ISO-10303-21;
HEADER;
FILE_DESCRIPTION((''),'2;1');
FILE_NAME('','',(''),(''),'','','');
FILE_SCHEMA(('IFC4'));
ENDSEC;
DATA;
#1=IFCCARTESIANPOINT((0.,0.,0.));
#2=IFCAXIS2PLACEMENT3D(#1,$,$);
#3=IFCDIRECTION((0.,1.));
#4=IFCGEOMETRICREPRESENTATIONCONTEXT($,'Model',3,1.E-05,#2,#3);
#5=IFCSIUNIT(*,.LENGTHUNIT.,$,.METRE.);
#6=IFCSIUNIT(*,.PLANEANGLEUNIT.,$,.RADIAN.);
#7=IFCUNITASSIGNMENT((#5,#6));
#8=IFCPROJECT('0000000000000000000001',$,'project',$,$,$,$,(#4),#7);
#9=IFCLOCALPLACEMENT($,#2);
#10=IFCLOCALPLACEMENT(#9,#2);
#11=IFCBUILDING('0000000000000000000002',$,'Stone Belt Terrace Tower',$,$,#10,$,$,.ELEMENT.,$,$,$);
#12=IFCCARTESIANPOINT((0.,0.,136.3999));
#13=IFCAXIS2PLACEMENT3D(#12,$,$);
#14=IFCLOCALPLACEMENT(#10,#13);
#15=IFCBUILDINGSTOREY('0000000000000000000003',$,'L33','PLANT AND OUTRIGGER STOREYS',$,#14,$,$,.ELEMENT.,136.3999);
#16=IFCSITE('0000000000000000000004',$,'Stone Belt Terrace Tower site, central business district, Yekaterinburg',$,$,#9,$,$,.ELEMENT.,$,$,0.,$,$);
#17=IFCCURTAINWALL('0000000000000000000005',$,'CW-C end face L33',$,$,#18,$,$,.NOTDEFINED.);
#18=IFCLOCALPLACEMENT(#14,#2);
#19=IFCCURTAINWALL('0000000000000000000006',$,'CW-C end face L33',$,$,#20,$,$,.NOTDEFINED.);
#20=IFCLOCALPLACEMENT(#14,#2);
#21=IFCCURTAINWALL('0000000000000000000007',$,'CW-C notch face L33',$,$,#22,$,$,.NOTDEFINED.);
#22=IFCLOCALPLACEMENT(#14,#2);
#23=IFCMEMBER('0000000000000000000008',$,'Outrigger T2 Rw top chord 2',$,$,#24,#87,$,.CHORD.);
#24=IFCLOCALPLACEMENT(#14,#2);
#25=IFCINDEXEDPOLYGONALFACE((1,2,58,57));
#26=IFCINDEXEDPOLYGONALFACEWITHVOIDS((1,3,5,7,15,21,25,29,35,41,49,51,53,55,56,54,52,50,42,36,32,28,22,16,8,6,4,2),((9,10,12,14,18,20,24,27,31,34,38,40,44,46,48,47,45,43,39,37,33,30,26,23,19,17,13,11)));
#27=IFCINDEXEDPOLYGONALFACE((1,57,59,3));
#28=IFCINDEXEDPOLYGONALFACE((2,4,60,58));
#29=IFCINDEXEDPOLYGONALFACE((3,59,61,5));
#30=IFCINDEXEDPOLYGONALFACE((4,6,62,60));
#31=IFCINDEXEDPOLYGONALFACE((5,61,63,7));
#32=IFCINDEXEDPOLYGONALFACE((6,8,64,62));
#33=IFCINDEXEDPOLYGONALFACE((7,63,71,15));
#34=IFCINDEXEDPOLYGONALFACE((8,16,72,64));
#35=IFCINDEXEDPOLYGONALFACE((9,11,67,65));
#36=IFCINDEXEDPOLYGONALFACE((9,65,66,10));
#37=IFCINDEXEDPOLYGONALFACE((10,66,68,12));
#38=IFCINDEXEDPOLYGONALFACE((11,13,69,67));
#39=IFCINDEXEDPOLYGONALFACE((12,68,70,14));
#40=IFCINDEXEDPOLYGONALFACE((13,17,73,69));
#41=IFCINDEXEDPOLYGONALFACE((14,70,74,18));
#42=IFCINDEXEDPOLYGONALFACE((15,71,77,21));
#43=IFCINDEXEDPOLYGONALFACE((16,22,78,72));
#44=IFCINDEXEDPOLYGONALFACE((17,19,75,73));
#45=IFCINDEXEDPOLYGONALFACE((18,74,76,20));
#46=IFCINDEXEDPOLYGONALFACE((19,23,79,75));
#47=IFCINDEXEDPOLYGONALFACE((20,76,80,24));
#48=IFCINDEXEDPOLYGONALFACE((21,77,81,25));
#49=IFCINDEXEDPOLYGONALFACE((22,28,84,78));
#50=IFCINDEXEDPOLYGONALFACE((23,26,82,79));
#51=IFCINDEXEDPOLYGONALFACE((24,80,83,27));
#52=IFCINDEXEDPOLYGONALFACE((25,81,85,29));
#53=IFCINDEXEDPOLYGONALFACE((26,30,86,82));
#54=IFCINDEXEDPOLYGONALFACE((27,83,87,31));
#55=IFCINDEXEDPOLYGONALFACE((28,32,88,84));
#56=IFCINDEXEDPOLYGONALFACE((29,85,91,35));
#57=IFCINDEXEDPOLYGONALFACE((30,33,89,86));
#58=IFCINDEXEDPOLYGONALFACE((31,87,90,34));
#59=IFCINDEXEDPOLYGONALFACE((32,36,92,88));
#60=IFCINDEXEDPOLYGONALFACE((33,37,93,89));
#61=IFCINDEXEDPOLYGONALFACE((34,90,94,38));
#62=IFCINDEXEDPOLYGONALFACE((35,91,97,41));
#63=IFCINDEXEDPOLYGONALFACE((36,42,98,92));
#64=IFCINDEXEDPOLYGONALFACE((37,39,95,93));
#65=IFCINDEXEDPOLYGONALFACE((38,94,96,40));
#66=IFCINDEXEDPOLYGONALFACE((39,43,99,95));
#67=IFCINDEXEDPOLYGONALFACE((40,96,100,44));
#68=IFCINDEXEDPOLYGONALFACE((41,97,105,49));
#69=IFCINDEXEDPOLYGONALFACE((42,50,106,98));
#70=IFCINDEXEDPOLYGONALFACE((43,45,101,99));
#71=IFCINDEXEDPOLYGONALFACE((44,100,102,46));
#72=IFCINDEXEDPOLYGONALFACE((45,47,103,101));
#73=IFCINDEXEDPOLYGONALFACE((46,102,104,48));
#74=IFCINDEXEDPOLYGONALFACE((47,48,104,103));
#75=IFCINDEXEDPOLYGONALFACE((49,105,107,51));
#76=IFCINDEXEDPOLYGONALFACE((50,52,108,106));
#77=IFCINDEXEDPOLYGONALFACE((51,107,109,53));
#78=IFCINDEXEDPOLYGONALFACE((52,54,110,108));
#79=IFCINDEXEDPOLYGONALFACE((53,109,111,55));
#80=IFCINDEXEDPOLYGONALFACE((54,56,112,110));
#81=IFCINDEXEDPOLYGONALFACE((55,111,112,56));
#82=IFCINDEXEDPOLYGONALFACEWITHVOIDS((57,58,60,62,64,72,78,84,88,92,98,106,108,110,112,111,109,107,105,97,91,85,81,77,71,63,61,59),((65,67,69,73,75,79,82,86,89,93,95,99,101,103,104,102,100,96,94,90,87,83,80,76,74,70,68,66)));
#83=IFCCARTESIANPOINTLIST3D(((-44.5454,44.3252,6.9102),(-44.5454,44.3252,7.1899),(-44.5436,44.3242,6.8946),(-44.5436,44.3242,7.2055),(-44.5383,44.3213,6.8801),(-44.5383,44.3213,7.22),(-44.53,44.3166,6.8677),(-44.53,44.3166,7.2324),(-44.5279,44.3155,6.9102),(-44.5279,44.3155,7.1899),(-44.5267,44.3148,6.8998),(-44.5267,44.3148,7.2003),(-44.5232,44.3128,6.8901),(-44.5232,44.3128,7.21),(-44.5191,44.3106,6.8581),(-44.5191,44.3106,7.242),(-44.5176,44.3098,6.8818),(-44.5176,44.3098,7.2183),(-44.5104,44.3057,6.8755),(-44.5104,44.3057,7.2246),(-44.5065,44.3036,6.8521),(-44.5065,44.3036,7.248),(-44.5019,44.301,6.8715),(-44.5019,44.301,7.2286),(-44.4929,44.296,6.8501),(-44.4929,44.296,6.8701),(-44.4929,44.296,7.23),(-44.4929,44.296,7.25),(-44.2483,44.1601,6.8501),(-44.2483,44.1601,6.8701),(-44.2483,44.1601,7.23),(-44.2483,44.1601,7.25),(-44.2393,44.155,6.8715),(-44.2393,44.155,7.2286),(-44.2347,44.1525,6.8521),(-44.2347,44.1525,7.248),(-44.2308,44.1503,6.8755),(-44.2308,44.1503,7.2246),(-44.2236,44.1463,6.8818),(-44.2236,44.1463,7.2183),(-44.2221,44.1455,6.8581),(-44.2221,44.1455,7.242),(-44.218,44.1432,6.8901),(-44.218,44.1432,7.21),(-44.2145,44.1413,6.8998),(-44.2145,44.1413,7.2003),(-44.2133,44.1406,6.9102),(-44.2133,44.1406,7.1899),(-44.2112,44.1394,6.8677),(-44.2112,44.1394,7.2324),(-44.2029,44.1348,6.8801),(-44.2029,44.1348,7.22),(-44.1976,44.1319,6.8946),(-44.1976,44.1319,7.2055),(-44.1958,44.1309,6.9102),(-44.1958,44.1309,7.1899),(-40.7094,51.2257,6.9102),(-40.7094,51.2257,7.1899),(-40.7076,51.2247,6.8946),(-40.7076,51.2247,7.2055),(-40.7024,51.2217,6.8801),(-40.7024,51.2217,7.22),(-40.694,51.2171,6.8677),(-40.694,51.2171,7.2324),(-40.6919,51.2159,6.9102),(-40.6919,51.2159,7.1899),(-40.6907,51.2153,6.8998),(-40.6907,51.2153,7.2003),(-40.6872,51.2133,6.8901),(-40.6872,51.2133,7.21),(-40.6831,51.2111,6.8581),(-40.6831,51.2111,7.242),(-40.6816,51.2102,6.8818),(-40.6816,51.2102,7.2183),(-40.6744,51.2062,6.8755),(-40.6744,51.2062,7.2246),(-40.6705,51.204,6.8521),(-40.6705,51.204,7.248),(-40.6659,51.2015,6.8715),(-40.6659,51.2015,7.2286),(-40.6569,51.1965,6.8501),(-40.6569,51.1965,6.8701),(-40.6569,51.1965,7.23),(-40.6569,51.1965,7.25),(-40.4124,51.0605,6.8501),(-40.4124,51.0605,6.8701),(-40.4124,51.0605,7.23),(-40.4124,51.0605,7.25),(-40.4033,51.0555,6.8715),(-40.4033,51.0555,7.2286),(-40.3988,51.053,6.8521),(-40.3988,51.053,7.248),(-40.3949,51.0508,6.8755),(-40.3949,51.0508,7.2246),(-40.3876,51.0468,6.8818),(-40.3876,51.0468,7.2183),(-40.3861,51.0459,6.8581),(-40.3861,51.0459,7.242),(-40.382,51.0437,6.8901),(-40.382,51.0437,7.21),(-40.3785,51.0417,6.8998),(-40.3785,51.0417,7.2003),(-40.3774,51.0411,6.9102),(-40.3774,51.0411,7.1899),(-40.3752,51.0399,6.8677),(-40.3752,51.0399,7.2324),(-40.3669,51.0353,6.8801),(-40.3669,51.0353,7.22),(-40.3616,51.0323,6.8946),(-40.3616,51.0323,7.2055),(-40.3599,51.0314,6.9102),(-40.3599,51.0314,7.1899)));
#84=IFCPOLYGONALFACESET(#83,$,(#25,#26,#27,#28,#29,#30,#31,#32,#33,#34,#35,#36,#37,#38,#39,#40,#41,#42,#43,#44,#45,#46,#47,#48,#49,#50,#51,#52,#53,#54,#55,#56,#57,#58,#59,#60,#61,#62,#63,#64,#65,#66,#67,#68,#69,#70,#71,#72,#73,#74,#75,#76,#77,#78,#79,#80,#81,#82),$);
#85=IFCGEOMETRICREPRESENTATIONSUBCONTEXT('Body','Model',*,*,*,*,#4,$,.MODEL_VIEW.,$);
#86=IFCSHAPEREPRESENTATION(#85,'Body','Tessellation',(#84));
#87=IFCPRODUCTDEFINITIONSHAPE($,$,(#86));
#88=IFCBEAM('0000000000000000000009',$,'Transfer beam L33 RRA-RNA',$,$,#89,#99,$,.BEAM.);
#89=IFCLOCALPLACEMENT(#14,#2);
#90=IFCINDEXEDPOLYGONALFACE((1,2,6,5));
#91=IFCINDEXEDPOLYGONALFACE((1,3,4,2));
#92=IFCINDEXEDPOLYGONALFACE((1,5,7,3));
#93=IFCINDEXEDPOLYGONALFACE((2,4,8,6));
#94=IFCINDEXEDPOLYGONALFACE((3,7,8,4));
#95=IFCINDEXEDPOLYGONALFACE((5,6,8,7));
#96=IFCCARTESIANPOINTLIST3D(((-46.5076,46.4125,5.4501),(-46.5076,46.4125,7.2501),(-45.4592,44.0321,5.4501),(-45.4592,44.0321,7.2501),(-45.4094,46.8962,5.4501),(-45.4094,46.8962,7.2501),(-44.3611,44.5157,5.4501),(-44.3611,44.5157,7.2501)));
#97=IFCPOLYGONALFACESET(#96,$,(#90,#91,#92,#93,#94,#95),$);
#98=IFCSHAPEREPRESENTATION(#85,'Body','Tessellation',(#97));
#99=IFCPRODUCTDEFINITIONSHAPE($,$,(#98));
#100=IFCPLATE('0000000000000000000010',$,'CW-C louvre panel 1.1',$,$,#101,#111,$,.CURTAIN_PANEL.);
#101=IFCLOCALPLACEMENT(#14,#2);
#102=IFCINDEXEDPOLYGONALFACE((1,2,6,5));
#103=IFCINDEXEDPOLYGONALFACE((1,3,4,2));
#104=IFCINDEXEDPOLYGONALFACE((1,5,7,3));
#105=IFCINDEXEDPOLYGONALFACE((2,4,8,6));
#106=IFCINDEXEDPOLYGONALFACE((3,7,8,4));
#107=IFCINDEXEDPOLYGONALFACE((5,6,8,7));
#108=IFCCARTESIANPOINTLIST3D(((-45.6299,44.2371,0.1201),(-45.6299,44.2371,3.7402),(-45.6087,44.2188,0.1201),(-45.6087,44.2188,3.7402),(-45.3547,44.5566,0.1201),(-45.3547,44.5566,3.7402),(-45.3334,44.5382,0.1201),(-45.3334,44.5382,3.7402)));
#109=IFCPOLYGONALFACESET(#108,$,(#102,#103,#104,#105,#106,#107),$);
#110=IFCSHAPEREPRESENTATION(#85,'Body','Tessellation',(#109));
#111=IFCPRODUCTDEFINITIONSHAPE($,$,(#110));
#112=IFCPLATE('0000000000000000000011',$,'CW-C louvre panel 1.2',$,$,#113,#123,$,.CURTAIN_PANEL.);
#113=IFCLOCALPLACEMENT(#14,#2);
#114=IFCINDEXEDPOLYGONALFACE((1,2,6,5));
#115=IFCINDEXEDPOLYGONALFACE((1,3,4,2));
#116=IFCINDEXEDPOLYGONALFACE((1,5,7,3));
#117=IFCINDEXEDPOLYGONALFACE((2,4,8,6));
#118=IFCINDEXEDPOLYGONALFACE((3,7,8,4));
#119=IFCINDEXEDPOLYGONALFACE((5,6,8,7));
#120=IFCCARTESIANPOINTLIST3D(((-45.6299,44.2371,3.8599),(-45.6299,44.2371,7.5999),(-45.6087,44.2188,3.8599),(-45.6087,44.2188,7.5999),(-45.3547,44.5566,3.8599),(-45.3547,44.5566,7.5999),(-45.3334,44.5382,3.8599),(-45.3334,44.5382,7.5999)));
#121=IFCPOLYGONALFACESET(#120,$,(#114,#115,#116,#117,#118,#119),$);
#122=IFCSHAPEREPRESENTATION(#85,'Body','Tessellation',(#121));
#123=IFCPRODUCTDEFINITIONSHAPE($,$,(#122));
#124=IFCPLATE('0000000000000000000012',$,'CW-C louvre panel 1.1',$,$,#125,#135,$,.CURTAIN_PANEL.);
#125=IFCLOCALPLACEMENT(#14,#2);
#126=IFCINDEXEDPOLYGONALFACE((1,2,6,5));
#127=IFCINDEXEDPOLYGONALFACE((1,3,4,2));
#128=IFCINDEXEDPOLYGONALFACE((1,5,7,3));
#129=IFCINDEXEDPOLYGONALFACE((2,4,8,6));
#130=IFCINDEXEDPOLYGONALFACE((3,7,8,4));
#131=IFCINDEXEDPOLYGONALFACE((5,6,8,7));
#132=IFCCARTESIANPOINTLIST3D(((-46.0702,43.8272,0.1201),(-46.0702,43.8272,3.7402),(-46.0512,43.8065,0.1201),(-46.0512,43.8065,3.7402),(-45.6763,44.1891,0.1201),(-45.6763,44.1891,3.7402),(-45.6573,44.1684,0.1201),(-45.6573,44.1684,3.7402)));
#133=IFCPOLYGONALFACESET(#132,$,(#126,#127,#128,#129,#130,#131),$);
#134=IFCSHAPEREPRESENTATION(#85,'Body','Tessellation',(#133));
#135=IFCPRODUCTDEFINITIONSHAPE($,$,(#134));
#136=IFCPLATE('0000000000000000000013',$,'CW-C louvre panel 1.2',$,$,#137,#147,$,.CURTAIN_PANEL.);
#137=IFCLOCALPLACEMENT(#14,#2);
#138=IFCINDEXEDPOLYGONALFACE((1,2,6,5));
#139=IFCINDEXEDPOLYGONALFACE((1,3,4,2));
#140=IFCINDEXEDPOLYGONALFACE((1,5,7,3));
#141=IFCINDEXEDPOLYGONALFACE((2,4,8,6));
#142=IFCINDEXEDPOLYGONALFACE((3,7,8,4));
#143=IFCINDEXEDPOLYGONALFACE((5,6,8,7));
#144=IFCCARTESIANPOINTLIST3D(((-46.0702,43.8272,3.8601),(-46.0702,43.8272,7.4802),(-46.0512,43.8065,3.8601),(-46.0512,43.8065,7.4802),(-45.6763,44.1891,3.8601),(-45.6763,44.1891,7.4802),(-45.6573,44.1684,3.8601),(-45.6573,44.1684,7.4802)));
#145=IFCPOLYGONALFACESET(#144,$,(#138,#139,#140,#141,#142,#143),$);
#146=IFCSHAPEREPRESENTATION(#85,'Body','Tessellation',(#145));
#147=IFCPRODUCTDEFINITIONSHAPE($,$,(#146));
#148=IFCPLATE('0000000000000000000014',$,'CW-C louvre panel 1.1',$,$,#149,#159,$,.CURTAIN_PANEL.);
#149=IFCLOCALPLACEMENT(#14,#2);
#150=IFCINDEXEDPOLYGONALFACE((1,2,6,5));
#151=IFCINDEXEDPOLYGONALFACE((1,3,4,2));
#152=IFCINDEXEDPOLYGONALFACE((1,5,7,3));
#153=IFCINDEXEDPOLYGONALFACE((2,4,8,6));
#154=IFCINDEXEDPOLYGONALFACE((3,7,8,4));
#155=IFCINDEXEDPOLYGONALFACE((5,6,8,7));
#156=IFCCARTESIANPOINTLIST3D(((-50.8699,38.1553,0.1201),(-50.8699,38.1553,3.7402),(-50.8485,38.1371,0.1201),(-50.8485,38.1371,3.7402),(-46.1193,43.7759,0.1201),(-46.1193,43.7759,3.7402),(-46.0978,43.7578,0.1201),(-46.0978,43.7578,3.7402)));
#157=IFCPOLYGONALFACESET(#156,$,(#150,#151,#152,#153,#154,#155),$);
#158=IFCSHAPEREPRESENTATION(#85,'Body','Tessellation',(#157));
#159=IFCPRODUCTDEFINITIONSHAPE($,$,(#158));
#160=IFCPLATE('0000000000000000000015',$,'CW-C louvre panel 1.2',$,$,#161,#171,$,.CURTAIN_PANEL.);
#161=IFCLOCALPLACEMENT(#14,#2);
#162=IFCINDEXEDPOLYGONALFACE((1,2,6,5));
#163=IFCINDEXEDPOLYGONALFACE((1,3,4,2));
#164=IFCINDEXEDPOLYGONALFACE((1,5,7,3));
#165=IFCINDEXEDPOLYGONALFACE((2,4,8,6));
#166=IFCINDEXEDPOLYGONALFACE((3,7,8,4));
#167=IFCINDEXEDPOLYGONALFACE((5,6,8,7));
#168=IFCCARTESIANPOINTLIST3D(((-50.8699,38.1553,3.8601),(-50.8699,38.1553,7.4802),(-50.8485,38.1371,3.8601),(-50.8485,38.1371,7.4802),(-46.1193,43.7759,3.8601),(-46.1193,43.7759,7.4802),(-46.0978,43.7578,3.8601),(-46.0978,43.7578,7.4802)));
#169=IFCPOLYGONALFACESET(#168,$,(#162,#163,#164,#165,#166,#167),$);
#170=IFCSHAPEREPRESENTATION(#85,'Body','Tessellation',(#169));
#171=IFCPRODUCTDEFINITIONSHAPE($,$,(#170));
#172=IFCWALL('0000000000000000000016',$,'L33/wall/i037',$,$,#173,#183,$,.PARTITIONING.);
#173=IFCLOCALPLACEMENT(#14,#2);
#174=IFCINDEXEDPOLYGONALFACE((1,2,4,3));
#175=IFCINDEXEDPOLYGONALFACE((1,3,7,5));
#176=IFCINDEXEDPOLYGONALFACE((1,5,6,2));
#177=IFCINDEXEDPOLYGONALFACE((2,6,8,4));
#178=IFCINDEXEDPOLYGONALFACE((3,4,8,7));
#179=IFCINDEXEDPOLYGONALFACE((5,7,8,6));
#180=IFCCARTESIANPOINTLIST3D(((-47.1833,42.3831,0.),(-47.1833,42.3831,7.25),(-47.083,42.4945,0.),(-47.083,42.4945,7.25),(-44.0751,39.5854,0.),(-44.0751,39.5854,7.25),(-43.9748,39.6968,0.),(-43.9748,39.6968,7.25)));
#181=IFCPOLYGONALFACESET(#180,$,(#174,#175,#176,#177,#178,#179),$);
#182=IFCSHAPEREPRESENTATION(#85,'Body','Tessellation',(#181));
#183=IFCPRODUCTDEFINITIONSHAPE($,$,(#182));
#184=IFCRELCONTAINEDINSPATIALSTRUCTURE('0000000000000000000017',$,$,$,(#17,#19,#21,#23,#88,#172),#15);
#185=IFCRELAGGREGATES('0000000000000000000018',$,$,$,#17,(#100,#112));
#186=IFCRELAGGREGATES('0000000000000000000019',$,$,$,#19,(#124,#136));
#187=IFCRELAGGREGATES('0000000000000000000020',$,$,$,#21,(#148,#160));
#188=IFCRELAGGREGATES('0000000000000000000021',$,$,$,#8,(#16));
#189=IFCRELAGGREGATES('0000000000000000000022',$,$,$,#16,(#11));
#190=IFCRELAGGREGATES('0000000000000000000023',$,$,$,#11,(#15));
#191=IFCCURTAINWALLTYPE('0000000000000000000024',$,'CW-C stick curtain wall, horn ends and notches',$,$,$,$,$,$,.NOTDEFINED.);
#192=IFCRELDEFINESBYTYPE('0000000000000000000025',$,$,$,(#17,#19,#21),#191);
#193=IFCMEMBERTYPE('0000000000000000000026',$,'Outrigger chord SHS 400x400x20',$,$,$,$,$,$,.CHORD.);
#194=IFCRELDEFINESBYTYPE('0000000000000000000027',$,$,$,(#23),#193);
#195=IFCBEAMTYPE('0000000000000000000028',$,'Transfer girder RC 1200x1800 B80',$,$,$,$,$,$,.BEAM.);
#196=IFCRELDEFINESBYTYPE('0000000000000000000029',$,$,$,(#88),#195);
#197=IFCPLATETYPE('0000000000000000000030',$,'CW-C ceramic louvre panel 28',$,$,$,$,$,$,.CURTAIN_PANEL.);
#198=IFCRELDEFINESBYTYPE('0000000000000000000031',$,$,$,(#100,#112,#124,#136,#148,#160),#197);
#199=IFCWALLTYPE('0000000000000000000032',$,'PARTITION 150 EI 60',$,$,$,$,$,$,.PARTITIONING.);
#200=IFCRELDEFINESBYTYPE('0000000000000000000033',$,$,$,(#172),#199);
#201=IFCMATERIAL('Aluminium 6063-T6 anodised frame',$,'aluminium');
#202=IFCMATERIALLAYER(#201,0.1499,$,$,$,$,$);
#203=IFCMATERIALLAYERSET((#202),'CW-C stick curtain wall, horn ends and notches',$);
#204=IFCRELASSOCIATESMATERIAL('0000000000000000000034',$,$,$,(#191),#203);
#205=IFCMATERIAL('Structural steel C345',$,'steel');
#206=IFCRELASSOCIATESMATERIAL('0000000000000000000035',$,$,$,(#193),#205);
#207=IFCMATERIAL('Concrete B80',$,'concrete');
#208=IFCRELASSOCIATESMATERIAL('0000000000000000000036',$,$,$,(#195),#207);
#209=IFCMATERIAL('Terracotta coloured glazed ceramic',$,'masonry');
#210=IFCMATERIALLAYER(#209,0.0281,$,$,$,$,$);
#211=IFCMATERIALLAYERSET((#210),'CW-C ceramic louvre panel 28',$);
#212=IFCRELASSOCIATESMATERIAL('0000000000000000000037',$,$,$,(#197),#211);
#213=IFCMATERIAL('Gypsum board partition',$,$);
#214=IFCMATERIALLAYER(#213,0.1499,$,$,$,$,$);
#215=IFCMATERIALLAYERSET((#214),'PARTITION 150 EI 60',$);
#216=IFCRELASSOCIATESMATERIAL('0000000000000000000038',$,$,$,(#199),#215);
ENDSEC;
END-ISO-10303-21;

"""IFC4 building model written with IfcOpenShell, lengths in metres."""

from ifc_helpers import new_model, si_unit, direction, frame, frame_2d, origin, origin_2d, place, context, subcontext, project, spatial, rectangle, hollow_rectangle, extrude, material, layer, layer_set, material_profile, profile_set, type_object, element, aggregate, save


model = new_model("IFC4")

# Units and contexts
model_context = context("Model", 3, precision=1e-05, world=origin(), true_north=direction((0.0, 1.0)))
body_context = subcontext(model_context, "Body", "Model", "MODEL_VIEW")
ifc_project = project(units=[si_unit("LENGTHUNIT", "METRE"), si_unit("PLANEANGLEUNIT", "RADIAN")], contexts=[model_context])

# Site, building, storey
site_placement = place(None, origin())
site = spatial("IfcSite", under=ifc_project, at=site_placement, Name="Stone Belt Terrace Tower site, central business district, Yekaterinburg", CompositionType="ELEMENT", RefElevation=0.0)
building_placement = place(site_placement, origin())
building = spatial("IfcBuilding", under=site, at=building_placement, Name="Stone Belt Terrace Tower", CompositionType="ELEMENT")
storey_placement = place(building_placement, frame((0.0, 0.0, 136.3999)))
storey = spatial("IfcBuildingStorey", under=building, at=storey_placement, Name="L33", Description="PLANT AND OUTRIGGER STOREYS", CompositionType="ELEMENT", Elevation=136.3999)

# Shared definitions
ifc_material_1 = material(Name="Concrete B80", Category="concrete")

# Curtain walls
ifc_material_2 = material(Name="Aluminium 6063-T6 anodised frame", Category="aluminium")
ifc_layer_1 = layer(ifc_material_2, 0.1499)
ifc_layer_set_1 = layer_set([ifc_layer_1], Name="CW-C stick curtain wall, horn ends and notches")
curtain_wall_type = type_object("IfcCurtainWallType", Name="CW-C stick curtain wall, horn ends and notches", PredefinedType="NOTDEFINED", material=ifc_layer_set_1)
curtain_wall_1_placement = place(storey_placement, origin())
curtain_wall_1 = element("IfcCurtainWall", 1, at=curtain_wall_1_placement, inside=storey, type_object=curtain_wall_type, Name="CW-C end face L33", PredefinedType="NOTDEFINED")
curtain_wall_2_placement = place(storey_placement, origin())
curtain_wall_2 = element("IfcCurtainWall", 2, at=curtain_wall_2_placement, inside=storey, type_object=curtain_wall_type, Name="CW-C end face L33", PredefinedType="NOTDEFINED")
curtain_wall_3_placement = place(storey_placement, origin())
curtain_wall_3 = element("IfcCurtainWall", 3, at=curtain_wall_3_placement, inside=storey, type_object=curtain_wall_type, Name="CW-C notch face L33", PredefinedType="NOTDEFINED")

# Member
ifc_material_3 = material(Name="Structural steel C345", Category="steel")
ifc_material_profile_1 = material_profile(ifc_material_3, hollow_rectangle(XDim=0.3999, YDim=0.3999, WallThickness=0.02, InnerFilletRadius=0.04, OuterFilletRadius=0.0601, at=origin_2d()), Name="SHS 400x400x20")
ifc_profile_set_1 = profile_set([ifc_material_profile_1], Name="Structural steel C345")
member_type_1 = type_object("IfcMemberType", Name="Outrigger chord SHS 400x400x20", PredefinedType="CHORD", material=ifc_profile_set_1)
member_1_placement = place(storey_placement, frame((-44.3706, 44.228, 7.05), z_axis=(0.485874, 0.874029, 0.0), x_axis=(-0.874029, 0.485874, 0.0)))
element("IfcMember", 4, at=member_1_placement, inside=storey, type_object=member_type_1, Name="Outrigger T2 Rw top chord 2", PredefinedType="CHORD", context=body_context, shape_type="SweptSolid", body=[
    extrude(hollow_rectangle(XDim=0.3999, YDim=0.3999, WallThickness=0.02, InnerFilletRadius=0.04, OuterFilletRadius=0.0601, at=origin_2d()), origin(), (0.0, 0.0, 1.0), 7.895),
])

# Beam
ifc_material_profile_2 = material_profile(ifc_material_1, rectangle(XDim=1.2, YDim=1.8, at=origin_2d()), Name="RC 1200x1800")
ifc_profile_set_2 = profile_set([ifc_material_profile_2], Name="Concrete B80")
beam_type = type_object("IfcBeamType", Name="Transfer girder RC 1200x1800 B80", PredefinedType="BEAM", material=ifc_profile_set_2)
beam_placement = place(storey_placement, frame((-44.9102, 44.2739, 6.3501), z_axis=(-0.403053, 0.915177, 0.0), x_axis=(-0.915177, -0.403053, 0.0)))
element("IfcBeam", 5, at=beam_placement, inside=storey, type_object=beam_type, Name="Transfer beam L33 RRA-RNA", PredefinedType="BEAM", context=body_context, shape_type="SweptSolid", body=[
    extrude(rectangle(XDim=1.2, YDim=1.8, at=origin_2d()), origin(), (0.0, 0.0, 1.0), 2.6011),
])

# Plates
ifc_material_4 = material(Name="Terracotta coloured glazed ceramic", Category="masonry")
ifc_layer_2 = layer(ifc_material_4, 0.0281)
ifc_layer_set_2 = layer_set([ifc_layer_2], Name="CW-C ceramic louvre panel 28")
plate_type = type_object("IfcPlateType", Name="CW-C ceramic louvre panel 28", PredefinedType="CURTAIN_PANEL", material=ifc_layer_set_2)
plate_1_placement = place(storey_placement, frame((-45.4817, 44.3877, 0.1201), z_axis=(0.0, 0.0, 1.0), x_axis=(-0.652738, -0.757584, 0.0)))
plate_1 = element("IfcPlate", 6, at=plate_1_placement, type_object=plate_type, Name="CW-C louvre panel 1.1", PredefinedType="CURTAIN_PANEL", context=body_context, shape_type="SweptSolid", body=[
    extrude(rectangle(XDim=0.4216, YDim=0.0281, at=origin_2d()), origin(), (0.0, 0.0, 1.0), 3.6201),
])
plate_2_placement = place(storey_placement, frame((-45.4817, 44.3877, 3.8599), z_axis=(0.0, 0.0, 1.0), x_axis=(-0.652738, -0.757584, 0.0)))
plate_2 = element("IfcPlate", 7, at=plate_2_placement, type_object=plate_type, Name="CW-C louvre panel 1.2", PredefinedType="CURTAIN_PANEL", context=body_context, shape_type="SweptSolid", body=[
    extrude(rectangle(XDim=0.4216, YDim=0.0281, at=origin_2d()), origin(), (0.0, 0.0, 1.0), 3.74),
])
aggregate(curtain_wall_1, [plate_1, plate_2])
plate_3_placement = place(storey_placement, frame((-45.8638, 43.9978, 0.1201), z_axis=(0.0, 0.0, 1.0), x_axis=(-0.73628, -0.676677, 0.0)))
plate_3 = element("IfcPlate", 8, at=plate_3_placement, type_object=plate_type, Name="CW-C louvre panel 1.1", PredefinedType="CURTAIN_PANEL", context=body_context, shape_type="SweptSolid", body=[
    extrude(rectangle(XDim=0.5349, YDim=0.0281, at=origin_2d()), origin(), (0.0, 0.0, 1.0), 3.6201),
])
plate_4_placement = place(storey_placement, frame((-45.8638, 43.9978, 3.8601), z_axis=(0.0, 0.0, 1.0), x_axis=(-0.73628, -0.676677, 0.0)))
plate_4 = element("IfcPlate", 9, at=plate_4_placement, type_object=plate_type, Name="CW-C louvre panel 1.2", PredefinedType="CURTAIN_PANEL", context=body_context, shape_type="SweptSolid", body=[
    extrude(rectangle(XDim=0.5349, YDim=0.0281, at=origin_2d()), origin(), (0.0, 0.0, 1.0), 3.6201),
])
aggregate(curtain_wall_2, [plate_3, plate_4])
plate_5_placement = place(storey_placement, frame((-48.4839, 40.9565, 0.1201), z_axis=(0.0, 0.0, 1.0), x_axis=(-0.645521, -0.763742, 0.0)))
plate_5 = element("IfcPlate", 10, at=plate_5_placement, type_object=plate_type, Name="CW-C louvre panel 1.1", PredefinedType="CURTAIN_PANEL", context=body_context, shape_type="SweptSolid", body=[
    extrude(rectangle(XDim=7.3594, YDim=0.0281, at=origin_2d()), origin(), (0.0, 0.0, 1.0), 3.6201),
])
plate_6_placement = place(storey_placement, frame((-48.4839, 40.9565, 3.8601), z_axis=(0.0, 0.0, 1.0), x_axis=(-0.645521, -0.763742, 0.0)))
plate_6 = element("IfcPlate", 11, at=plate_6_placement, type_object=plate_type, Name="CW-C louvre panel 1.2", PredefinedType="CURTAIN_PANEL", context=body_context, shape_type="SweptSolid", body=[
    extrude(rectangle(XDim=7.3594, YDim=0.0281, at=origin_2d()), origin(), (0.0, 0.0, 1.0), 3.6201),
])
aggregate(curtain_wall_3, [plate_5, plate_6])

# Wall
ifc_material_5 = material(Name="Gypsum board partition")
ifc_layer_3 = layer(ifc_material_5, 0.1499)
ifc_layer_set_3 = layer_set([ifc_layer_3], Name="PARTITION 150 EI 60")
wall_type = type_object("IfcWallType", Name="PARTITION 150 EI 60", PredefinedType="PARTITIONING", material=ifc_layer_set_3)
wall_placement = place(storey_placement, frame((-47.1331, 42.4387, 0.0), z_axis=(0.0, 0.0, 1.0), x_axis=(0.743262, -0.669, 0.0)))
element("IfcWall", 12, at=wall_placement, inside=storey, type_object=wall_type, Name="L33/wall/i037", PredefinedType="PARTITIONING", context=body_context, shape_type="SweptSolid", body=[
    extrude(rectangle(XDim=4.1819, YDim=0.1499, at=frame_2d((2.0908, 0.0))), origin(), (0.0, 0.0, 1.0), 7.25),
])

save(model, "model.ifc")
